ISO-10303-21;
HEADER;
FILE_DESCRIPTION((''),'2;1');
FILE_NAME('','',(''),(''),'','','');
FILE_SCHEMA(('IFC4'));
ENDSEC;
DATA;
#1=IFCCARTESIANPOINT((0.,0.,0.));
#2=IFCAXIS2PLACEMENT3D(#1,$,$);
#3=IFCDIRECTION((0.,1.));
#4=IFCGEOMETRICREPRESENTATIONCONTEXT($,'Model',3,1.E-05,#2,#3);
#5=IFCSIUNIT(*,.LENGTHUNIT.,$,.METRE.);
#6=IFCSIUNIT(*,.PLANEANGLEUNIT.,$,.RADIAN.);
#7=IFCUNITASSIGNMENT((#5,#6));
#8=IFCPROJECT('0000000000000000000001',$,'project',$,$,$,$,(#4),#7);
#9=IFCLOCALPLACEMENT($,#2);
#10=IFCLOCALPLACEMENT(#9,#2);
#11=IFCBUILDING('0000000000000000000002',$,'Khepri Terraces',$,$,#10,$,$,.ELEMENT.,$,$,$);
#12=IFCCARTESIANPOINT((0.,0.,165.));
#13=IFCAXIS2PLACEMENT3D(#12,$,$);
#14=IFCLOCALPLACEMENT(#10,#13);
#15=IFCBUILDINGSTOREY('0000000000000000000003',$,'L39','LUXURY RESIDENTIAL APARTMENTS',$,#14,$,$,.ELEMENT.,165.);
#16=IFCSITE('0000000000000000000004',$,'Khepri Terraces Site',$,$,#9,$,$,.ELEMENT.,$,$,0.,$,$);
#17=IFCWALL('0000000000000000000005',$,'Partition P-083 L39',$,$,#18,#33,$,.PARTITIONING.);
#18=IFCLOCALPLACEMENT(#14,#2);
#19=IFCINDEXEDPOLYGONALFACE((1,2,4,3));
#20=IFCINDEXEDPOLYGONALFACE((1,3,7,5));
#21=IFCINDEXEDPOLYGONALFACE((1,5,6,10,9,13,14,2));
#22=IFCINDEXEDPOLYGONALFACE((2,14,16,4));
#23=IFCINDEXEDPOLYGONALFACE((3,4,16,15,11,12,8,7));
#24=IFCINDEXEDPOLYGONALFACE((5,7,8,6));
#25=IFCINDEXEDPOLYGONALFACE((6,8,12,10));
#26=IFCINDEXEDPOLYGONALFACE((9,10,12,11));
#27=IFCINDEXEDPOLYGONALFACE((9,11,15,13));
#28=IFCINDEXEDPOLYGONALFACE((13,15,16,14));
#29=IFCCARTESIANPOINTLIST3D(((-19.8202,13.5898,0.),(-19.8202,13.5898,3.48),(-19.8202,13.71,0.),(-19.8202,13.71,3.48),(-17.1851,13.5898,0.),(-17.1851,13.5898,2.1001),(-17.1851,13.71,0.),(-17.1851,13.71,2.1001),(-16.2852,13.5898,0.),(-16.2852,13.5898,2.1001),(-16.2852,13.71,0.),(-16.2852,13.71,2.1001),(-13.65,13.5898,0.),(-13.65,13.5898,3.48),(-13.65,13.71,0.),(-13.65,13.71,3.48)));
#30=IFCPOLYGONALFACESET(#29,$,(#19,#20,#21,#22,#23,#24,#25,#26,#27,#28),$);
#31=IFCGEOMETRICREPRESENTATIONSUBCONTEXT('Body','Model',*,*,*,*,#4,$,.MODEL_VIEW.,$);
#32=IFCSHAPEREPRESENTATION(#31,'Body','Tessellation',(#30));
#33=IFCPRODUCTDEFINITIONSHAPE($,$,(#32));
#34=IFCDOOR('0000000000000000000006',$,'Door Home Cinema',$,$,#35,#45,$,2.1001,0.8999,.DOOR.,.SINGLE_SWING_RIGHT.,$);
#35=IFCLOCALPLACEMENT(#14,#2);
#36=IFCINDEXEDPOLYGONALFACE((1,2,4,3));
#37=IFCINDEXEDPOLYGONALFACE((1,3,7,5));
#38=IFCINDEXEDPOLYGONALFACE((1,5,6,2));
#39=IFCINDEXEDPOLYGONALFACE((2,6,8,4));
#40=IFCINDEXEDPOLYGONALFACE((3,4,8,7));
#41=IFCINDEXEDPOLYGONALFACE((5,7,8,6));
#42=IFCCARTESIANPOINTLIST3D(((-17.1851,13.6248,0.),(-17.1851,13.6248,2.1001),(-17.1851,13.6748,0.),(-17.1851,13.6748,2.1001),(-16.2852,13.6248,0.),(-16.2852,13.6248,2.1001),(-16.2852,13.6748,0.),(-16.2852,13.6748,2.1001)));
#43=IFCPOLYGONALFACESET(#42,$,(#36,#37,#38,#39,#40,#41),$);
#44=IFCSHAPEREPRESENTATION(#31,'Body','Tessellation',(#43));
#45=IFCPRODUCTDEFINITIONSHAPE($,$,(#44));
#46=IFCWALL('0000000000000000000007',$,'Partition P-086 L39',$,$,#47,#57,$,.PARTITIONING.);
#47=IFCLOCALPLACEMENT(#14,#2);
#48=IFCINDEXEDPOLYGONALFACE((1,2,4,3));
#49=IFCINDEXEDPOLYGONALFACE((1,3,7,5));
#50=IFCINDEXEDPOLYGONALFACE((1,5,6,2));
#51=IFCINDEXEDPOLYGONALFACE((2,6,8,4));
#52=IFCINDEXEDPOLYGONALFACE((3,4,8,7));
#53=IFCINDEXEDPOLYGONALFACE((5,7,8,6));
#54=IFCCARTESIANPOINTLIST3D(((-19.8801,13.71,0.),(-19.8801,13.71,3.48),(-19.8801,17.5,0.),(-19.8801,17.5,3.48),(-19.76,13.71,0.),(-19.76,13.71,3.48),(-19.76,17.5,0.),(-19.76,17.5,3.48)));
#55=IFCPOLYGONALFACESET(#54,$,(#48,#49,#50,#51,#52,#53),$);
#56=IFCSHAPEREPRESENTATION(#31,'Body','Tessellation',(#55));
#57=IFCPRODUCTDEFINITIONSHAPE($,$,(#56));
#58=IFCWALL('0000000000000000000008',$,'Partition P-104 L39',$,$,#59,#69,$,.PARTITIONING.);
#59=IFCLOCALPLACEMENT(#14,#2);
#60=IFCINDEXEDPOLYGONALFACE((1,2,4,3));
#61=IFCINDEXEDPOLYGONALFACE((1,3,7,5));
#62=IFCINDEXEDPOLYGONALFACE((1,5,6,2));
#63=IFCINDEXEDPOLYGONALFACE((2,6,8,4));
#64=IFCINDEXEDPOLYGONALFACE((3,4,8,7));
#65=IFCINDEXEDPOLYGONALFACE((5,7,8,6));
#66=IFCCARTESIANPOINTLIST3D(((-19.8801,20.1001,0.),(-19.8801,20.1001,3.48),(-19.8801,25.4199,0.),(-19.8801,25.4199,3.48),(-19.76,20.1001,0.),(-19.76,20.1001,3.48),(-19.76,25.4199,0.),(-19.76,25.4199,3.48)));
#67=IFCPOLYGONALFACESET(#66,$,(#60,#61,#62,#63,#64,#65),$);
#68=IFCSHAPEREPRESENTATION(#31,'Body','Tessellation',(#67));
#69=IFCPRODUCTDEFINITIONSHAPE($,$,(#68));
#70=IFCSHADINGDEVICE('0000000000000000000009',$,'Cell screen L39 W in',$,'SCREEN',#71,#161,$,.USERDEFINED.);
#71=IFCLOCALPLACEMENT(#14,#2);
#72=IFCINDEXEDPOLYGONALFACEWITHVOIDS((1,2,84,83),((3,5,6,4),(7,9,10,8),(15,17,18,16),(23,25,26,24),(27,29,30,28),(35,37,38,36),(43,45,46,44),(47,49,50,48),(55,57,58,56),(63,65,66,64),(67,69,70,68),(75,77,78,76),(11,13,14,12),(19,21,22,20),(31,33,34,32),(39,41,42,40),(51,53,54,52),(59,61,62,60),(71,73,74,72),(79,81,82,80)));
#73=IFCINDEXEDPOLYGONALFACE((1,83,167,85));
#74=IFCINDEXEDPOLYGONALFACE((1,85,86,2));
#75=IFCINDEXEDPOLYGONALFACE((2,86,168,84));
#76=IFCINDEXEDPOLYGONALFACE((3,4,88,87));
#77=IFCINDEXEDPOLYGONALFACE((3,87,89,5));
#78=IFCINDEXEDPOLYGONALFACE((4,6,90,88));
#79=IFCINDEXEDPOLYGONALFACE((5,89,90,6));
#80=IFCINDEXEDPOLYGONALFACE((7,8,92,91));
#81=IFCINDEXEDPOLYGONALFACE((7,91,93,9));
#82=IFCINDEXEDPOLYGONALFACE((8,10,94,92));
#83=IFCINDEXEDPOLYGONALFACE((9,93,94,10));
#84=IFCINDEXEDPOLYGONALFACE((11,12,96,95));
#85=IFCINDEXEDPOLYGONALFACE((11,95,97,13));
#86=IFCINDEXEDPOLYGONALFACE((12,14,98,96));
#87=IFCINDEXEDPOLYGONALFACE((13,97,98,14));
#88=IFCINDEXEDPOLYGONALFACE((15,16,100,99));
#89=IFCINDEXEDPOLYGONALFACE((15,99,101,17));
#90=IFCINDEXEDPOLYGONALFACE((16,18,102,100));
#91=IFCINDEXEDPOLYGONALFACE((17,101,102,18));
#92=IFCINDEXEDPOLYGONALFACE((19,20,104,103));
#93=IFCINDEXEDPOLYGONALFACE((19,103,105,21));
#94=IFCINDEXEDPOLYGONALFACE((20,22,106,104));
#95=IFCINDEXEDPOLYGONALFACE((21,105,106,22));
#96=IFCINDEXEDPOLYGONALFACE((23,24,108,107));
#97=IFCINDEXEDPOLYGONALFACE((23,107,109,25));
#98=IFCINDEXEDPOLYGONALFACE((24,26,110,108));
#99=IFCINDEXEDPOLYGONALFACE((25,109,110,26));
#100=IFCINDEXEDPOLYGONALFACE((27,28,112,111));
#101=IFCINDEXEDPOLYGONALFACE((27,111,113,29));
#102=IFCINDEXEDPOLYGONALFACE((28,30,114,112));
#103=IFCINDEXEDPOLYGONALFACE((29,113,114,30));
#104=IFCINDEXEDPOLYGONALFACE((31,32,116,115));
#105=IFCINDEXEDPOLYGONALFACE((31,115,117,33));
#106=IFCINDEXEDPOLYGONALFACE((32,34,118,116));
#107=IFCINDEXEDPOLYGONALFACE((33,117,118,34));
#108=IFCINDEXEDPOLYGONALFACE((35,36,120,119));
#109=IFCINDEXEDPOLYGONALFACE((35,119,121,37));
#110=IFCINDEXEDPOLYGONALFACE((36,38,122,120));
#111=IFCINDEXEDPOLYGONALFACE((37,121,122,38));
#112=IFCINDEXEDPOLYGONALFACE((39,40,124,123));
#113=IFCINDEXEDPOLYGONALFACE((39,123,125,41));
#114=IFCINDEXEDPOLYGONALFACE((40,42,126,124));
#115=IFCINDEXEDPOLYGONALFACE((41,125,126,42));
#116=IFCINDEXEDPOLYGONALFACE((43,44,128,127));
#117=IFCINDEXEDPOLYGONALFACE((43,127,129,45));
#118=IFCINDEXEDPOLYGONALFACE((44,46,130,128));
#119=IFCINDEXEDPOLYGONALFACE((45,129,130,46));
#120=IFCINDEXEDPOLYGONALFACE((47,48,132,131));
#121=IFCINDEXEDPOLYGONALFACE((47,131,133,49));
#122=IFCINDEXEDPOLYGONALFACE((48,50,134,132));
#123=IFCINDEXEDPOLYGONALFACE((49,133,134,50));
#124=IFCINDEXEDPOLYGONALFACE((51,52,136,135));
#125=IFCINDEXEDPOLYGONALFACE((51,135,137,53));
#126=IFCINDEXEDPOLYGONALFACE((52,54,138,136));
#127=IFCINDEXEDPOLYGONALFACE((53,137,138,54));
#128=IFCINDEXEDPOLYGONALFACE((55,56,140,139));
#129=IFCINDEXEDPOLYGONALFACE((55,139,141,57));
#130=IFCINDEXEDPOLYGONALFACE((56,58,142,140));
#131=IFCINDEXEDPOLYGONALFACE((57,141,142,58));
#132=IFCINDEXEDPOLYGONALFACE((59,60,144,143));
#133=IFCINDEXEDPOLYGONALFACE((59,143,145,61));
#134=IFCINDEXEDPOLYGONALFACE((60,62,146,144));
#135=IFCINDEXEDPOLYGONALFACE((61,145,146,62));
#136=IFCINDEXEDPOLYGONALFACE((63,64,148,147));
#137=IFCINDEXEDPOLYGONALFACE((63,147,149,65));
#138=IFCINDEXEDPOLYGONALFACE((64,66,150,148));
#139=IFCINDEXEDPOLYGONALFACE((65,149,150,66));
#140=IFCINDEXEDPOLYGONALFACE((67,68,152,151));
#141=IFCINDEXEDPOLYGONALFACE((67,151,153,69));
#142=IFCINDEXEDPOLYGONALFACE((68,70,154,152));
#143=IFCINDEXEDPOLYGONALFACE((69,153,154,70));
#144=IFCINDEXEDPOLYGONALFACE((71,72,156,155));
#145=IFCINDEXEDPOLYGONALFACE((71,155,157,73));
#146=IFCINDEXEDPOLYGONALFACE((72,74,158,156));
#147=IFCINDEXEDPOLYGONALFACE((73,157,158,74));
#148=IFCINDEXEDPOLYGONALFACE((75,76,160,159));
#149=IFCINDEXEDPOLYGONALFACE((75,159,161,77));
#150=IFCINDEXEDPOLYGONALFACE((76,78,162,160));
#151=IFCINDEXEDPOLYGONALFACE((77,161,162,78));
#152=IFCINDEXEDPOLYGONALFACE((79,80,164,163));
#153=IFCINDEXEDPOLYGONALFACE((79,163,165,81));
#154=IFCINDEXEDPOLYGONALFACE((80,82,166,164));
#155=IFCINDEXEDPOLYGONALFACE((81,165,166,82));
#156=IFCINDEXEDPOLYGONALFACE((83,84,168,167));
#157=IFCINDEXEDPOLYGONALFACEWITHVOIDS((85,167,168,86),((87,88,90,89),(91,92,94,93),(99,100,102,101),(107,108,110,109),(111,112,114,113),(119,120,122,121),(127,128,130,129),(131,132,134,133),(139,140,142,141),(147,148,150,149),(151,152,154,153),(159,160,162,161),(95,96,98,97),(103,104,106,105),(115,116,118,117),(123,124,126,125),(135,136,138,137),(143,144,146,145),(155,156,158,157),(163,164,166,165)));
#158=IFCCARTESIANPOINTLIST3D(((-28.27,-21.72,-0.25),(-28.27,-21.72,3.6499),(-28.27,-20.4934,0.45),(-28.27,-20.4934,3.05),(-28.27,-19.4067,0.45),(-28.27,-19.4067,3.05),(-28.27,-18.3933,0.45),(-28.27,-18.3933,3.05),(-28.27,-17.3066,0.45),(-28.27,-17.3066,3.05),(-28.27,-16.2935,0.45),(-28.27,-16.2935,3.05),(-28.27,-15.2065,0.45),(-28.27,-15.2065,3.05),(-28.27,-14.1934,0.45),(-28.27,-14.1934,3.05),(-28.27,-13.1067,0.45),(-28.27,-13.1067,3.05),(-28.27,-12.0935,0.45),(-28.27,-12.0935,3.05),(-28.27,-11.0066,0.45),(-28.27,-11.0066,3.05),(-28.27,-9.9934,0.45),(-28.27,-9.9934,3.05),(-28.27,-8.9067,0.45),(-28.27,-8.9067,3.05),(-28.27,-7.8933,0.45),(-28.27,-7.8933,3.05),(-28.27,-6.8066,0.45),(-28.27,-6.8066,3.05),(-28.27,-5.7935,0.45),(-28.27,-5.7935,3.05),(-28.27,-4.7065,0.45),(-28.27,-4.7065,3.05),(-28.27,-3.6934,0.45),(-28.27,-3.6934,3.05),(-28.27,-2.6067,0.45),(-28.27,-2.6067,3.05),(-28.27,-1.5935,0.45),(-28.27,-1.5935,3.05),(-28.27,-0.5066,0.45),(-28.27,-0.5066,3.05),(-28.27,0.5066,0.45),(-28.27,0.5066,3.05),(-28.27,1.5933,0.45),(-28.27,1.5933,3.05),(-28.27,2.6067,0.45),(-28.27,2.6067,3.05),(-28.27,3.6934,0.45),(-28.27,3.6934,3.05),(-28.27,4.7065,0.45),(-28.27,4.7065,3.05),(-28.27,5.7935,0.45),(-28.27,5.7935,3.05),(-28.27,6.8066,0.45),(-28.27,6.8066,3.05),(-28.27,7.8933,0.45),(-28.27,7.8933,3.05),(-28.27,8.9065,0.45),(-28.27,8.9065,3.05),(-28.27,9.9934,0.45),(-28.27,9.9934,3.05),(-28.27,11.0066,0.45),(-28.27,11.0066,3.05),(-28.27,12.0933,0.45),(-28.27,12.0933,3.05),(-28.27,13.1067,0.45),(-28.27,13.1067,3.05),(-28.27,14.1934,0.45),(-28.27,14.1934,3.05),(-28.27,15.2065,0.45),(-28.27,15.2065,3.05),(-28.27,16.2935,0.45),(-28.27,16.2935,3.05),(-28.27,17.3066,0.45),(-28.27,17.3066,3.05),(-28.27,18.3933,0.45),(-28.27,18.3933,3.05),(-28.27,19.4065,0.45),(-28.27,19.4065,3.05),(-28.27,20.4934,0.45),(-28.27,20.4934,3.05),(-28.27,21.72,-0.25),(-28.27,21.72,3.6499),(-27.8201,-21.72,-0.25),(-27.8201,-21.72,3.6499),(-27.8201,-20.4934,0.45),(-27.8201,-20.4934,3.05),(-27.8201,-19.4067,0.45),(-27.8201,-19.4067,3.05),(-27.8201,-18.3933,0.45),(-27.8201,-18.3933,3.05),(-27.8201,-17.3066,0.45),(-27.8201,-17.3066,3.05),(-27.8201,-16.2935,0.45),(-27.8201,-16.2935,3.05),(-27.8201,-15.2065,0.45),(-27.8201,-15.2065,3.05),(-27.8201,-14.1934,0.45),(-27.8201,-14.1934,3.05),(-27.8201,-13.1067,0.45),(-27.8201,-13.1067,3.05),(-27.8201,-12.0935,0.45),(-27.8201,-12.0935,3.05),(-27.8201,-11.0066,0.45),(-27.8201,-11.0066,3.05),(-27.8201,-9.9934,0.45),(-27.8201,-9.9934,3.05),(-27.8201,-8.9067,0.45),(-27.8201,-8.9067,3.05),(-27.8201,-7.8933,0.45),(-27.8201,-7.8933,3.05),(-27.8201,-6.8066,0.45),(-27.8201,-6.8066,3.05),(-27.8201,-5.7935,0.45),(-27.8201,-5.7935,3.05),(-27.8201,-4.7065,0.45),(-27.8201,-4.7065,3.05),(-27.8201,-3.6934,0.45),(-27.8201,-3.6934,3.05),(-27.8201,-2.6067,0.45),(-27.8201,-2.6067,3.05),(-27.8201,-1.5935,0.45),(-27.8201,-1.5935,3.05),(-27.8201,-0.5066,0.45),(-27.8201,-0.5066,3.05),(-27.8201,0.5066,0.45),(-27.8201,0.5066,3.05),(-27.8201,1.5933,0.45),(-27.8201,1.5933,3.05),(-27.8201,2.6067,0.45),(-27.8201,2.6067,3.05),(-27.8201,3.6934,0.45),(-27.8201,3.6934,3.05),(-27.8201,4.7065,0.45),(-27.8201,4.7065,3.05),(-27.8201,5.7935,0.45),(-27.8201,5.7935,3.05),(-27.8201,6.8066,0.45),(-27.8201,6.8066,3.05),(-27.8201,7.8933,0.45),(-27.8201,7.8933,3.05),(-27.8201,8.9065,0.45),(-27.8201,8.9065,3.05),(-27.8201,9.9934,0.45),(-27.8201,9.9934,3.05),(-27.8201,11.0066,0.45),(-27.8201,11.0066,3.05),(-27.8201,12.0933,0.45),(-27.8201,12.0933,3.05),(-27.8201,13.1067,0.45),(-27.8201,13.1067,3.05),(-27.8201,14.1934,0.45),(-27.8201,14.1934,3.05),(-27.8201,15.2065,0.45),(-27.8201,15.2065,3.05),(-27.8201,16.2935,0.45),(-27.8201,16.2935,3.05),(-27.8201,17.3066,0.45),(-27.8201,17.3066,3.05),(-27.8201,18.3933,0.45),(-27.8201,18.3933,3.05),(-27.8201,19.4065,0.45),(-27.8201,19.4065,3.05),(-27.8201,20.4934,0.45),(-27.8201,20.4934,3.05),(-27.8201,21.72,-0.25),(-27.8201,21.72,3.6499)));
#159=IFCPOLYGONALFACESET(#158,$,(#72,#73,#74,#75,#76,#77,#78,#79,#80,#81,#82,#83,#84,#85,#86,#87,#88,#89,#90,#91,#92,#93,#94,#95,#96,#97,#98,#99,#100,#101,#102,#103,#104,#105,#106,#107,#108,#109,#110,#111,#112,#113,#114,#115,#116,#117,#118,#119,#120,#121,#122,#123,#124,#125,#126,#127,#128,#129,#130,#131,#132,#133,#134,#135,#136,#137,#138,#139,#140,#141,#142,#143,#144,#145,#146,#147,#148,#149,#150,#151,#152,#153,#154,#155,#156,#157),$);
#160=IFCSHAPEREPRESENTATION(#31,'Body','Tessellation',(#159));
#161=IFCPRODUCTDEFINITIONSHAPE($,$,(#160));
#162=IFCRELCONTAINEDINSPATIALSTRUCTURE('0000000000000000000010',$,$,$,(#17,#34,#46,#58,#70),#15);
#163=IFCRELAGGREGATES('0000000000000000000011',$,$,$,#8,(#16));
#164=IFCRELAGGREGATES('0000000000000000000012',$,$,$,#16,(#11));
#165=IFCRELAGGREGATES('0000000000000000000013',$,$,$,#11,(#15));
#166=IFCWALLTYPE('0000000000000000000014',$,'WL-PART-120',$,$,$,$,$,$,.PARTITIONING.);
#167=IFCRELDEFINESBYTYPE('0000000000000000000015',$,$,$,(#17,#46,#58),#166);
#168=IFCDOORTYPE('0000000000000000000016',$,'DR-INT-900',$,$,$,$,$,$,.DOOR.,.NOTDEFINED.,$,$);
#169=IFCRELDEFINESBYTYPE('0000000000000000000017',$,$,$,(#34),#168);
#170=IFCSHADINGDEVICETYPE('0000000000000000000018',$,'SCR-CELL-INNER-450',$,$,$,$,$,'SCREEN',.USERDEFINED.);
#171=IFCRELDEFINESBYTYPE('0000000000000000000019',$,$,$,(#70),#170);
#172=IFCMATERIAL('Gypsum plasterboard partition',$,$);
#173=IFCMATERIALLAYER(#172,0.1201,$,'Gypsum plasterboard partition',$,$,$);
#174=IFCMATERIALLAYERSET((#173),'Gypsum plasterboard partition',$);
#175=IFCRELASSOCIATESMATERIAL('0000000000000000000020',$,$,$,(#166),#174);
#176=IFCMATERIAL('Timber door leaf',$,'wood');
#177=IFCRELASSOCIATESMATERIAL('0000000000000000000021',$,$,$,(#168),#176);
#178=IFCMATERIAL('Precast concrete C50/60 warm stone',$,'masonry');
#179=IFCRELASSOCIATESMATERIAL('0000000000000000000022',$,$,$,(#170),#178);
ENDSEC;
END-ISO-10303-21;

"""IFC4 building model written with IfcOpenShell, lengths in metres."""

from ifc_helpers import new_model, si_unit, direction, frame, frame_2d, origin, place, context, subcontext, project, spatial, polyline, rectangle, outline, extrude, material, layer, layer_set, type_object, element, fill, save


model = new_model("IFC4")

# Units and contexts
model_context = context("Model", 3, precision=1e-05, world=origin(), true_north=direction((0.0, 1.0)))
body_context = subcontext(model_context, "Body", "Model", "MODEL_VIEW")
ifc_project = project(units=[si_unit("LENGTHUNIT", "METRE"), si_unit("PLANEANGLEUNIT", "RADIAN")], contexts=[model_context])

# Site, building, storey
site_placement = place(None, origin())
site = spatial("IfcSite", under=ifc_project, at=site_placement, Name="Khepri Terraces Site", CompositionType="ELEMENT", RefElevation=0.0)
building_placement = place(site_placement, origin())
building = spatial("IfcBuilding", under=site, at=building_placement, Name="Khepri Terraces", CompositionType="ELEMENT")
storey_placement = place(building_placement, frame((0.0, 0.0, 165.0)))
storey = spatial("IfcBuildingStorey", under=building, at=storey_placement, Name="L39", Description="LUXURY RESIDENTIAL APARTMENTS", CompositionType="ELEMENT", Elevation=165.0)

# Shared definitions
ifc_material_1 = material(Name="Precast concrete C50/60 warm stone", Category="masonry")

# Shared definitions
ifc_material_2 = material(Name="Gypsum plasterboard partition")
ifc_layer_1 = layer(ifc_material_2, 0.1201, Name="Gypsum plasterboard partition")
ifc_layer_set_1 = layer_set([ifc_layer_1], Name="Gypsum plasterboard partition")
wall_type_1 = type_object("IfcWallType", Name="WL-PART-120", PredefinedType="PARTITIONING", material=ifc_layer_set_1)

# Wall, opening, door
wall_1_placement = place(storey_placement, frame((-19.8201, 13.6499, 0.0), z_axis=(0.0, 0.0, 1.0), x_axis=(1.0, 0.0, 0.0)))
wall_1 = element("IfcWall", 1, at=wall_1_placement, inside=storey, type_object=wall_type_1, Name="Partition P-083 L39", PredefinedType="PARTITIONING", context=body_context, shape_type="SweptSolid", body=[
    extrude(rectangle(XDim=6.1702, YDim=0.1201, at=frame_2d((3.085, 0.0))), origin(), (0.0, 0.0, 1.0), 3.48),
])
opening_1_placement = place(wall_1_placement, frame((2.635, 0.0, 0.0)))
opening_1 = element("IfcOpeningElement", 2, at=opening_1_placement, cuts=wall_1, PredefinedType="OPENING", context=body_context, shape_type="SweptSolid", body=[
    extrude(rectangle(XDim=0.8999, YDim=2.1001, at=frame_2d((0.45, 1.05))), frame((0.0, 0.0701, 0.0), z_axis=(0.0, -1.0, 0.0), x_axis=(1.0, 0.0, 0.0)), (0.0, 0.0, 1.0), 0.1401),
])
ifc_material_3 = material(Name="Timber door leaf", Category="wood")
door_type_1 = type_object("IfcDoorType", Name="DR-INT-900", OperationType="NOTDEFINED", PredefinedType="DOOR", material=ifc_material_3)
door_1_placement = place(opening_1_placement, origin())
door_1 = element("IfcDoor", 3, at=door_1_placement, inside=storey, type_object=door_type_1, Name="Door Home Cinema", OperationType="SINGLE_SWING_RIGHT", OverallHeight=2.1001, OverallWidth=0.8999, PredefinedType="DOOR", context=body_context, shape_type="SweptSolid", body=[
    extrude(rectangle(XDim=0.8999, YDim=2.1001, at=frame_2d((0.45, 1.05))), frame((0.0, 0.0249, 0.0), z_axis=(0.0, -1.0, 0.0), x_axis=(1.0, 0.0, 0.0)), (0.0, 0.0, 1.0), 0.05),
])
fill(opening_1, door_1)

# Walls
wall_2_placement = place(storey_placement, frame((-19.8201, 13.71, 0.0), z_axis=(0.0, 0.0, 1.0), x_axis=(0.0, 1.0, 0.0)))
element("IfcWall", 4, at=wall_2_placement, inside=storey, type_object=wall_type_1, Name="Partition P-086 L39", PredefinedType="PARTITIONING", context=body_context, shape_type="SweptSolid", body=[
    extrude(rectangle(XDim=3.79, YDim=0.1201, at=frame_2d((1.895, 0.0))), origin(), (0.0, 0.0, 1.0), 3.48),
])
wall_3_placement = place(storey_placement, frame((-19.8201, 20.1001, 0.0), z_axis=(0.0, 0.0, 1.0), x_axis=(0.0, 1.0, 0.0)))
element("IfcWall", 5, at=wall_3_placement, inside=storey, type_object=wall_type_1, Name="Partition P-104 L39", PredefinedType="PARTITIONING", context=body_context, shape_type="SweptSolid", body=[
    extrude(rectangle(XDim=5.3198, YDim=0.1201, at=frame_2d((2.6599, 0.0))), origin(), (0.0, 0.0, 1.0), 3.48),
])

# Shading device
shading_device_type_1 = type_object("IfcShadingDeviceType", Name="SCR-CELL-INNER-450", ElementType="SCREEN", PredefinedType="USERDEFINED", material=ifc_material_1)
shading_device_1_placement = place(storey_placement, frame((-27.8201, 21.72, -0.25), z_axis=(-1.0, 0.0, 0.0), x_axis=(0.0, -1.0, 0.0)))
element("IfcShadingDevice", 6, at=shading_device_1_placement, inside=storey, type_object=shading_device_type_1, Name="Cell screen L39 W in", ObjectType="SCREEN", PredefinedType="USERDEFINED", context=body_context, shape_type="SweptSolid", body=[
    extrude(outline(polyline([(0.0, 0.0), (43.4399, 0.0), (43.4399, 3.8999), (0.0, 3.8999), (0.0, 0.0)]), holes=[polyline([(1.2266, 0.7), (2.3135, 0.7), (2.3135, 3.3), (1.2266, 3.3), (1.2266, 0.7)]), polyline([(3.3267, 0.7), (4.4133, 0.7), (4.4133, 3.3), (3.3267, 3.3), (3.3267, 0.7)]), polyline([(5.4265, 0.7), (6.5134, 0.7), (6.5134, 3.3), (5.4265, 3.3), (5.4265, 0.7)]), polyline([(7.5266, 0.7), (8.6133, 0.7), (8.6133, 3.3), (7.5266, 3.3), (7.5266, 0.7)]), polyline([(9.6267, 0.7), (10.7134, 0.7), (10.7134, 3.3), (9.6267, 3.3), (9.6267, 0.7)]), polyline([(11.7266, 0.7), (12.8135, 0.7), (12.8135, 3.3), (11.7266, 3.3), (11.7266, 0.7)]), polyline([(13.8267, 0.7), (14.9133, 0.7), (14.9133, 3.3), (13.8267, 3.3), (13.8267, 0.7)]), polyline([(15.9265, 0.7), (17.0134, 0.7), (17.0134, 3.3), (15.9265, 3.3), (15.9265, 0.7)]), polyline([(18.0266, 0.7), (19.1133, 0.7), (19.1133, 3.3), (18.0266, 3.3), (18.0266, 0.7)]), polyline([(20.1267, 0.7), (21.2134, 0.7), (21.2134, 3.3), (20.1267, 3.3), (20.1267, 0.7)]), polyline([(22.2266, 0.7), (23.3135, 0.7), (23.3135, 3.3), (22.2266, 3.3), (22.2266, 0.7)]), polyline([(24.3267, 0.7), (25.4133, 0.7), (25.4133, 3.3), (24.3267, 3.3), (24.3267, 0.7)]), polyline([(26.4265, 0.7), (27.5134, 0.7), (27.5134, 3.3), (26.4265, 3.3), (26.4265, 0.7)]), polyline([(28.5266, 0.7), (29.6133, 0.7), (29.6133, 3.3), (28.5266, 3.3), (28.5266, 0.7)]), polyline([(30.6267, 0.7), (31.7134, 0.7), (31.7134, 3.3), (30.6267, 3.3), (30.6267, 0.7)]), polyline([(32.7266, 0.7), (33.8135, 0.7), (33.8135, 3.3), (32.7266, 3.3), (32.7266, 0.7)]), polyline([(34.8267, 0.7), (35.9133, 0.7), (35.9133, 3.3), (34.8267, 3.3), (34.8267, 0.7)]), polyline([(36.9265, 0.7), (38.0134, 0.7), (38.0134, 3.3), (36.9265, 3.3), (36.9265, 0.7)]), polyline([(39.0266, 0.7), (40.1133, 0.7), (40.1133, 3.3), (39.0266, 3.3), (39.0266, 0.7)]), polyline([(41.1267, 0.7), (42.2134, 0.7), (42.2134, 3.3), (41.1267, 3.3), (41.1267, 0.7)])]), origin(), (0.0, 0.0, 1.0), 0.45),
])

save(model, "model.ifc")
